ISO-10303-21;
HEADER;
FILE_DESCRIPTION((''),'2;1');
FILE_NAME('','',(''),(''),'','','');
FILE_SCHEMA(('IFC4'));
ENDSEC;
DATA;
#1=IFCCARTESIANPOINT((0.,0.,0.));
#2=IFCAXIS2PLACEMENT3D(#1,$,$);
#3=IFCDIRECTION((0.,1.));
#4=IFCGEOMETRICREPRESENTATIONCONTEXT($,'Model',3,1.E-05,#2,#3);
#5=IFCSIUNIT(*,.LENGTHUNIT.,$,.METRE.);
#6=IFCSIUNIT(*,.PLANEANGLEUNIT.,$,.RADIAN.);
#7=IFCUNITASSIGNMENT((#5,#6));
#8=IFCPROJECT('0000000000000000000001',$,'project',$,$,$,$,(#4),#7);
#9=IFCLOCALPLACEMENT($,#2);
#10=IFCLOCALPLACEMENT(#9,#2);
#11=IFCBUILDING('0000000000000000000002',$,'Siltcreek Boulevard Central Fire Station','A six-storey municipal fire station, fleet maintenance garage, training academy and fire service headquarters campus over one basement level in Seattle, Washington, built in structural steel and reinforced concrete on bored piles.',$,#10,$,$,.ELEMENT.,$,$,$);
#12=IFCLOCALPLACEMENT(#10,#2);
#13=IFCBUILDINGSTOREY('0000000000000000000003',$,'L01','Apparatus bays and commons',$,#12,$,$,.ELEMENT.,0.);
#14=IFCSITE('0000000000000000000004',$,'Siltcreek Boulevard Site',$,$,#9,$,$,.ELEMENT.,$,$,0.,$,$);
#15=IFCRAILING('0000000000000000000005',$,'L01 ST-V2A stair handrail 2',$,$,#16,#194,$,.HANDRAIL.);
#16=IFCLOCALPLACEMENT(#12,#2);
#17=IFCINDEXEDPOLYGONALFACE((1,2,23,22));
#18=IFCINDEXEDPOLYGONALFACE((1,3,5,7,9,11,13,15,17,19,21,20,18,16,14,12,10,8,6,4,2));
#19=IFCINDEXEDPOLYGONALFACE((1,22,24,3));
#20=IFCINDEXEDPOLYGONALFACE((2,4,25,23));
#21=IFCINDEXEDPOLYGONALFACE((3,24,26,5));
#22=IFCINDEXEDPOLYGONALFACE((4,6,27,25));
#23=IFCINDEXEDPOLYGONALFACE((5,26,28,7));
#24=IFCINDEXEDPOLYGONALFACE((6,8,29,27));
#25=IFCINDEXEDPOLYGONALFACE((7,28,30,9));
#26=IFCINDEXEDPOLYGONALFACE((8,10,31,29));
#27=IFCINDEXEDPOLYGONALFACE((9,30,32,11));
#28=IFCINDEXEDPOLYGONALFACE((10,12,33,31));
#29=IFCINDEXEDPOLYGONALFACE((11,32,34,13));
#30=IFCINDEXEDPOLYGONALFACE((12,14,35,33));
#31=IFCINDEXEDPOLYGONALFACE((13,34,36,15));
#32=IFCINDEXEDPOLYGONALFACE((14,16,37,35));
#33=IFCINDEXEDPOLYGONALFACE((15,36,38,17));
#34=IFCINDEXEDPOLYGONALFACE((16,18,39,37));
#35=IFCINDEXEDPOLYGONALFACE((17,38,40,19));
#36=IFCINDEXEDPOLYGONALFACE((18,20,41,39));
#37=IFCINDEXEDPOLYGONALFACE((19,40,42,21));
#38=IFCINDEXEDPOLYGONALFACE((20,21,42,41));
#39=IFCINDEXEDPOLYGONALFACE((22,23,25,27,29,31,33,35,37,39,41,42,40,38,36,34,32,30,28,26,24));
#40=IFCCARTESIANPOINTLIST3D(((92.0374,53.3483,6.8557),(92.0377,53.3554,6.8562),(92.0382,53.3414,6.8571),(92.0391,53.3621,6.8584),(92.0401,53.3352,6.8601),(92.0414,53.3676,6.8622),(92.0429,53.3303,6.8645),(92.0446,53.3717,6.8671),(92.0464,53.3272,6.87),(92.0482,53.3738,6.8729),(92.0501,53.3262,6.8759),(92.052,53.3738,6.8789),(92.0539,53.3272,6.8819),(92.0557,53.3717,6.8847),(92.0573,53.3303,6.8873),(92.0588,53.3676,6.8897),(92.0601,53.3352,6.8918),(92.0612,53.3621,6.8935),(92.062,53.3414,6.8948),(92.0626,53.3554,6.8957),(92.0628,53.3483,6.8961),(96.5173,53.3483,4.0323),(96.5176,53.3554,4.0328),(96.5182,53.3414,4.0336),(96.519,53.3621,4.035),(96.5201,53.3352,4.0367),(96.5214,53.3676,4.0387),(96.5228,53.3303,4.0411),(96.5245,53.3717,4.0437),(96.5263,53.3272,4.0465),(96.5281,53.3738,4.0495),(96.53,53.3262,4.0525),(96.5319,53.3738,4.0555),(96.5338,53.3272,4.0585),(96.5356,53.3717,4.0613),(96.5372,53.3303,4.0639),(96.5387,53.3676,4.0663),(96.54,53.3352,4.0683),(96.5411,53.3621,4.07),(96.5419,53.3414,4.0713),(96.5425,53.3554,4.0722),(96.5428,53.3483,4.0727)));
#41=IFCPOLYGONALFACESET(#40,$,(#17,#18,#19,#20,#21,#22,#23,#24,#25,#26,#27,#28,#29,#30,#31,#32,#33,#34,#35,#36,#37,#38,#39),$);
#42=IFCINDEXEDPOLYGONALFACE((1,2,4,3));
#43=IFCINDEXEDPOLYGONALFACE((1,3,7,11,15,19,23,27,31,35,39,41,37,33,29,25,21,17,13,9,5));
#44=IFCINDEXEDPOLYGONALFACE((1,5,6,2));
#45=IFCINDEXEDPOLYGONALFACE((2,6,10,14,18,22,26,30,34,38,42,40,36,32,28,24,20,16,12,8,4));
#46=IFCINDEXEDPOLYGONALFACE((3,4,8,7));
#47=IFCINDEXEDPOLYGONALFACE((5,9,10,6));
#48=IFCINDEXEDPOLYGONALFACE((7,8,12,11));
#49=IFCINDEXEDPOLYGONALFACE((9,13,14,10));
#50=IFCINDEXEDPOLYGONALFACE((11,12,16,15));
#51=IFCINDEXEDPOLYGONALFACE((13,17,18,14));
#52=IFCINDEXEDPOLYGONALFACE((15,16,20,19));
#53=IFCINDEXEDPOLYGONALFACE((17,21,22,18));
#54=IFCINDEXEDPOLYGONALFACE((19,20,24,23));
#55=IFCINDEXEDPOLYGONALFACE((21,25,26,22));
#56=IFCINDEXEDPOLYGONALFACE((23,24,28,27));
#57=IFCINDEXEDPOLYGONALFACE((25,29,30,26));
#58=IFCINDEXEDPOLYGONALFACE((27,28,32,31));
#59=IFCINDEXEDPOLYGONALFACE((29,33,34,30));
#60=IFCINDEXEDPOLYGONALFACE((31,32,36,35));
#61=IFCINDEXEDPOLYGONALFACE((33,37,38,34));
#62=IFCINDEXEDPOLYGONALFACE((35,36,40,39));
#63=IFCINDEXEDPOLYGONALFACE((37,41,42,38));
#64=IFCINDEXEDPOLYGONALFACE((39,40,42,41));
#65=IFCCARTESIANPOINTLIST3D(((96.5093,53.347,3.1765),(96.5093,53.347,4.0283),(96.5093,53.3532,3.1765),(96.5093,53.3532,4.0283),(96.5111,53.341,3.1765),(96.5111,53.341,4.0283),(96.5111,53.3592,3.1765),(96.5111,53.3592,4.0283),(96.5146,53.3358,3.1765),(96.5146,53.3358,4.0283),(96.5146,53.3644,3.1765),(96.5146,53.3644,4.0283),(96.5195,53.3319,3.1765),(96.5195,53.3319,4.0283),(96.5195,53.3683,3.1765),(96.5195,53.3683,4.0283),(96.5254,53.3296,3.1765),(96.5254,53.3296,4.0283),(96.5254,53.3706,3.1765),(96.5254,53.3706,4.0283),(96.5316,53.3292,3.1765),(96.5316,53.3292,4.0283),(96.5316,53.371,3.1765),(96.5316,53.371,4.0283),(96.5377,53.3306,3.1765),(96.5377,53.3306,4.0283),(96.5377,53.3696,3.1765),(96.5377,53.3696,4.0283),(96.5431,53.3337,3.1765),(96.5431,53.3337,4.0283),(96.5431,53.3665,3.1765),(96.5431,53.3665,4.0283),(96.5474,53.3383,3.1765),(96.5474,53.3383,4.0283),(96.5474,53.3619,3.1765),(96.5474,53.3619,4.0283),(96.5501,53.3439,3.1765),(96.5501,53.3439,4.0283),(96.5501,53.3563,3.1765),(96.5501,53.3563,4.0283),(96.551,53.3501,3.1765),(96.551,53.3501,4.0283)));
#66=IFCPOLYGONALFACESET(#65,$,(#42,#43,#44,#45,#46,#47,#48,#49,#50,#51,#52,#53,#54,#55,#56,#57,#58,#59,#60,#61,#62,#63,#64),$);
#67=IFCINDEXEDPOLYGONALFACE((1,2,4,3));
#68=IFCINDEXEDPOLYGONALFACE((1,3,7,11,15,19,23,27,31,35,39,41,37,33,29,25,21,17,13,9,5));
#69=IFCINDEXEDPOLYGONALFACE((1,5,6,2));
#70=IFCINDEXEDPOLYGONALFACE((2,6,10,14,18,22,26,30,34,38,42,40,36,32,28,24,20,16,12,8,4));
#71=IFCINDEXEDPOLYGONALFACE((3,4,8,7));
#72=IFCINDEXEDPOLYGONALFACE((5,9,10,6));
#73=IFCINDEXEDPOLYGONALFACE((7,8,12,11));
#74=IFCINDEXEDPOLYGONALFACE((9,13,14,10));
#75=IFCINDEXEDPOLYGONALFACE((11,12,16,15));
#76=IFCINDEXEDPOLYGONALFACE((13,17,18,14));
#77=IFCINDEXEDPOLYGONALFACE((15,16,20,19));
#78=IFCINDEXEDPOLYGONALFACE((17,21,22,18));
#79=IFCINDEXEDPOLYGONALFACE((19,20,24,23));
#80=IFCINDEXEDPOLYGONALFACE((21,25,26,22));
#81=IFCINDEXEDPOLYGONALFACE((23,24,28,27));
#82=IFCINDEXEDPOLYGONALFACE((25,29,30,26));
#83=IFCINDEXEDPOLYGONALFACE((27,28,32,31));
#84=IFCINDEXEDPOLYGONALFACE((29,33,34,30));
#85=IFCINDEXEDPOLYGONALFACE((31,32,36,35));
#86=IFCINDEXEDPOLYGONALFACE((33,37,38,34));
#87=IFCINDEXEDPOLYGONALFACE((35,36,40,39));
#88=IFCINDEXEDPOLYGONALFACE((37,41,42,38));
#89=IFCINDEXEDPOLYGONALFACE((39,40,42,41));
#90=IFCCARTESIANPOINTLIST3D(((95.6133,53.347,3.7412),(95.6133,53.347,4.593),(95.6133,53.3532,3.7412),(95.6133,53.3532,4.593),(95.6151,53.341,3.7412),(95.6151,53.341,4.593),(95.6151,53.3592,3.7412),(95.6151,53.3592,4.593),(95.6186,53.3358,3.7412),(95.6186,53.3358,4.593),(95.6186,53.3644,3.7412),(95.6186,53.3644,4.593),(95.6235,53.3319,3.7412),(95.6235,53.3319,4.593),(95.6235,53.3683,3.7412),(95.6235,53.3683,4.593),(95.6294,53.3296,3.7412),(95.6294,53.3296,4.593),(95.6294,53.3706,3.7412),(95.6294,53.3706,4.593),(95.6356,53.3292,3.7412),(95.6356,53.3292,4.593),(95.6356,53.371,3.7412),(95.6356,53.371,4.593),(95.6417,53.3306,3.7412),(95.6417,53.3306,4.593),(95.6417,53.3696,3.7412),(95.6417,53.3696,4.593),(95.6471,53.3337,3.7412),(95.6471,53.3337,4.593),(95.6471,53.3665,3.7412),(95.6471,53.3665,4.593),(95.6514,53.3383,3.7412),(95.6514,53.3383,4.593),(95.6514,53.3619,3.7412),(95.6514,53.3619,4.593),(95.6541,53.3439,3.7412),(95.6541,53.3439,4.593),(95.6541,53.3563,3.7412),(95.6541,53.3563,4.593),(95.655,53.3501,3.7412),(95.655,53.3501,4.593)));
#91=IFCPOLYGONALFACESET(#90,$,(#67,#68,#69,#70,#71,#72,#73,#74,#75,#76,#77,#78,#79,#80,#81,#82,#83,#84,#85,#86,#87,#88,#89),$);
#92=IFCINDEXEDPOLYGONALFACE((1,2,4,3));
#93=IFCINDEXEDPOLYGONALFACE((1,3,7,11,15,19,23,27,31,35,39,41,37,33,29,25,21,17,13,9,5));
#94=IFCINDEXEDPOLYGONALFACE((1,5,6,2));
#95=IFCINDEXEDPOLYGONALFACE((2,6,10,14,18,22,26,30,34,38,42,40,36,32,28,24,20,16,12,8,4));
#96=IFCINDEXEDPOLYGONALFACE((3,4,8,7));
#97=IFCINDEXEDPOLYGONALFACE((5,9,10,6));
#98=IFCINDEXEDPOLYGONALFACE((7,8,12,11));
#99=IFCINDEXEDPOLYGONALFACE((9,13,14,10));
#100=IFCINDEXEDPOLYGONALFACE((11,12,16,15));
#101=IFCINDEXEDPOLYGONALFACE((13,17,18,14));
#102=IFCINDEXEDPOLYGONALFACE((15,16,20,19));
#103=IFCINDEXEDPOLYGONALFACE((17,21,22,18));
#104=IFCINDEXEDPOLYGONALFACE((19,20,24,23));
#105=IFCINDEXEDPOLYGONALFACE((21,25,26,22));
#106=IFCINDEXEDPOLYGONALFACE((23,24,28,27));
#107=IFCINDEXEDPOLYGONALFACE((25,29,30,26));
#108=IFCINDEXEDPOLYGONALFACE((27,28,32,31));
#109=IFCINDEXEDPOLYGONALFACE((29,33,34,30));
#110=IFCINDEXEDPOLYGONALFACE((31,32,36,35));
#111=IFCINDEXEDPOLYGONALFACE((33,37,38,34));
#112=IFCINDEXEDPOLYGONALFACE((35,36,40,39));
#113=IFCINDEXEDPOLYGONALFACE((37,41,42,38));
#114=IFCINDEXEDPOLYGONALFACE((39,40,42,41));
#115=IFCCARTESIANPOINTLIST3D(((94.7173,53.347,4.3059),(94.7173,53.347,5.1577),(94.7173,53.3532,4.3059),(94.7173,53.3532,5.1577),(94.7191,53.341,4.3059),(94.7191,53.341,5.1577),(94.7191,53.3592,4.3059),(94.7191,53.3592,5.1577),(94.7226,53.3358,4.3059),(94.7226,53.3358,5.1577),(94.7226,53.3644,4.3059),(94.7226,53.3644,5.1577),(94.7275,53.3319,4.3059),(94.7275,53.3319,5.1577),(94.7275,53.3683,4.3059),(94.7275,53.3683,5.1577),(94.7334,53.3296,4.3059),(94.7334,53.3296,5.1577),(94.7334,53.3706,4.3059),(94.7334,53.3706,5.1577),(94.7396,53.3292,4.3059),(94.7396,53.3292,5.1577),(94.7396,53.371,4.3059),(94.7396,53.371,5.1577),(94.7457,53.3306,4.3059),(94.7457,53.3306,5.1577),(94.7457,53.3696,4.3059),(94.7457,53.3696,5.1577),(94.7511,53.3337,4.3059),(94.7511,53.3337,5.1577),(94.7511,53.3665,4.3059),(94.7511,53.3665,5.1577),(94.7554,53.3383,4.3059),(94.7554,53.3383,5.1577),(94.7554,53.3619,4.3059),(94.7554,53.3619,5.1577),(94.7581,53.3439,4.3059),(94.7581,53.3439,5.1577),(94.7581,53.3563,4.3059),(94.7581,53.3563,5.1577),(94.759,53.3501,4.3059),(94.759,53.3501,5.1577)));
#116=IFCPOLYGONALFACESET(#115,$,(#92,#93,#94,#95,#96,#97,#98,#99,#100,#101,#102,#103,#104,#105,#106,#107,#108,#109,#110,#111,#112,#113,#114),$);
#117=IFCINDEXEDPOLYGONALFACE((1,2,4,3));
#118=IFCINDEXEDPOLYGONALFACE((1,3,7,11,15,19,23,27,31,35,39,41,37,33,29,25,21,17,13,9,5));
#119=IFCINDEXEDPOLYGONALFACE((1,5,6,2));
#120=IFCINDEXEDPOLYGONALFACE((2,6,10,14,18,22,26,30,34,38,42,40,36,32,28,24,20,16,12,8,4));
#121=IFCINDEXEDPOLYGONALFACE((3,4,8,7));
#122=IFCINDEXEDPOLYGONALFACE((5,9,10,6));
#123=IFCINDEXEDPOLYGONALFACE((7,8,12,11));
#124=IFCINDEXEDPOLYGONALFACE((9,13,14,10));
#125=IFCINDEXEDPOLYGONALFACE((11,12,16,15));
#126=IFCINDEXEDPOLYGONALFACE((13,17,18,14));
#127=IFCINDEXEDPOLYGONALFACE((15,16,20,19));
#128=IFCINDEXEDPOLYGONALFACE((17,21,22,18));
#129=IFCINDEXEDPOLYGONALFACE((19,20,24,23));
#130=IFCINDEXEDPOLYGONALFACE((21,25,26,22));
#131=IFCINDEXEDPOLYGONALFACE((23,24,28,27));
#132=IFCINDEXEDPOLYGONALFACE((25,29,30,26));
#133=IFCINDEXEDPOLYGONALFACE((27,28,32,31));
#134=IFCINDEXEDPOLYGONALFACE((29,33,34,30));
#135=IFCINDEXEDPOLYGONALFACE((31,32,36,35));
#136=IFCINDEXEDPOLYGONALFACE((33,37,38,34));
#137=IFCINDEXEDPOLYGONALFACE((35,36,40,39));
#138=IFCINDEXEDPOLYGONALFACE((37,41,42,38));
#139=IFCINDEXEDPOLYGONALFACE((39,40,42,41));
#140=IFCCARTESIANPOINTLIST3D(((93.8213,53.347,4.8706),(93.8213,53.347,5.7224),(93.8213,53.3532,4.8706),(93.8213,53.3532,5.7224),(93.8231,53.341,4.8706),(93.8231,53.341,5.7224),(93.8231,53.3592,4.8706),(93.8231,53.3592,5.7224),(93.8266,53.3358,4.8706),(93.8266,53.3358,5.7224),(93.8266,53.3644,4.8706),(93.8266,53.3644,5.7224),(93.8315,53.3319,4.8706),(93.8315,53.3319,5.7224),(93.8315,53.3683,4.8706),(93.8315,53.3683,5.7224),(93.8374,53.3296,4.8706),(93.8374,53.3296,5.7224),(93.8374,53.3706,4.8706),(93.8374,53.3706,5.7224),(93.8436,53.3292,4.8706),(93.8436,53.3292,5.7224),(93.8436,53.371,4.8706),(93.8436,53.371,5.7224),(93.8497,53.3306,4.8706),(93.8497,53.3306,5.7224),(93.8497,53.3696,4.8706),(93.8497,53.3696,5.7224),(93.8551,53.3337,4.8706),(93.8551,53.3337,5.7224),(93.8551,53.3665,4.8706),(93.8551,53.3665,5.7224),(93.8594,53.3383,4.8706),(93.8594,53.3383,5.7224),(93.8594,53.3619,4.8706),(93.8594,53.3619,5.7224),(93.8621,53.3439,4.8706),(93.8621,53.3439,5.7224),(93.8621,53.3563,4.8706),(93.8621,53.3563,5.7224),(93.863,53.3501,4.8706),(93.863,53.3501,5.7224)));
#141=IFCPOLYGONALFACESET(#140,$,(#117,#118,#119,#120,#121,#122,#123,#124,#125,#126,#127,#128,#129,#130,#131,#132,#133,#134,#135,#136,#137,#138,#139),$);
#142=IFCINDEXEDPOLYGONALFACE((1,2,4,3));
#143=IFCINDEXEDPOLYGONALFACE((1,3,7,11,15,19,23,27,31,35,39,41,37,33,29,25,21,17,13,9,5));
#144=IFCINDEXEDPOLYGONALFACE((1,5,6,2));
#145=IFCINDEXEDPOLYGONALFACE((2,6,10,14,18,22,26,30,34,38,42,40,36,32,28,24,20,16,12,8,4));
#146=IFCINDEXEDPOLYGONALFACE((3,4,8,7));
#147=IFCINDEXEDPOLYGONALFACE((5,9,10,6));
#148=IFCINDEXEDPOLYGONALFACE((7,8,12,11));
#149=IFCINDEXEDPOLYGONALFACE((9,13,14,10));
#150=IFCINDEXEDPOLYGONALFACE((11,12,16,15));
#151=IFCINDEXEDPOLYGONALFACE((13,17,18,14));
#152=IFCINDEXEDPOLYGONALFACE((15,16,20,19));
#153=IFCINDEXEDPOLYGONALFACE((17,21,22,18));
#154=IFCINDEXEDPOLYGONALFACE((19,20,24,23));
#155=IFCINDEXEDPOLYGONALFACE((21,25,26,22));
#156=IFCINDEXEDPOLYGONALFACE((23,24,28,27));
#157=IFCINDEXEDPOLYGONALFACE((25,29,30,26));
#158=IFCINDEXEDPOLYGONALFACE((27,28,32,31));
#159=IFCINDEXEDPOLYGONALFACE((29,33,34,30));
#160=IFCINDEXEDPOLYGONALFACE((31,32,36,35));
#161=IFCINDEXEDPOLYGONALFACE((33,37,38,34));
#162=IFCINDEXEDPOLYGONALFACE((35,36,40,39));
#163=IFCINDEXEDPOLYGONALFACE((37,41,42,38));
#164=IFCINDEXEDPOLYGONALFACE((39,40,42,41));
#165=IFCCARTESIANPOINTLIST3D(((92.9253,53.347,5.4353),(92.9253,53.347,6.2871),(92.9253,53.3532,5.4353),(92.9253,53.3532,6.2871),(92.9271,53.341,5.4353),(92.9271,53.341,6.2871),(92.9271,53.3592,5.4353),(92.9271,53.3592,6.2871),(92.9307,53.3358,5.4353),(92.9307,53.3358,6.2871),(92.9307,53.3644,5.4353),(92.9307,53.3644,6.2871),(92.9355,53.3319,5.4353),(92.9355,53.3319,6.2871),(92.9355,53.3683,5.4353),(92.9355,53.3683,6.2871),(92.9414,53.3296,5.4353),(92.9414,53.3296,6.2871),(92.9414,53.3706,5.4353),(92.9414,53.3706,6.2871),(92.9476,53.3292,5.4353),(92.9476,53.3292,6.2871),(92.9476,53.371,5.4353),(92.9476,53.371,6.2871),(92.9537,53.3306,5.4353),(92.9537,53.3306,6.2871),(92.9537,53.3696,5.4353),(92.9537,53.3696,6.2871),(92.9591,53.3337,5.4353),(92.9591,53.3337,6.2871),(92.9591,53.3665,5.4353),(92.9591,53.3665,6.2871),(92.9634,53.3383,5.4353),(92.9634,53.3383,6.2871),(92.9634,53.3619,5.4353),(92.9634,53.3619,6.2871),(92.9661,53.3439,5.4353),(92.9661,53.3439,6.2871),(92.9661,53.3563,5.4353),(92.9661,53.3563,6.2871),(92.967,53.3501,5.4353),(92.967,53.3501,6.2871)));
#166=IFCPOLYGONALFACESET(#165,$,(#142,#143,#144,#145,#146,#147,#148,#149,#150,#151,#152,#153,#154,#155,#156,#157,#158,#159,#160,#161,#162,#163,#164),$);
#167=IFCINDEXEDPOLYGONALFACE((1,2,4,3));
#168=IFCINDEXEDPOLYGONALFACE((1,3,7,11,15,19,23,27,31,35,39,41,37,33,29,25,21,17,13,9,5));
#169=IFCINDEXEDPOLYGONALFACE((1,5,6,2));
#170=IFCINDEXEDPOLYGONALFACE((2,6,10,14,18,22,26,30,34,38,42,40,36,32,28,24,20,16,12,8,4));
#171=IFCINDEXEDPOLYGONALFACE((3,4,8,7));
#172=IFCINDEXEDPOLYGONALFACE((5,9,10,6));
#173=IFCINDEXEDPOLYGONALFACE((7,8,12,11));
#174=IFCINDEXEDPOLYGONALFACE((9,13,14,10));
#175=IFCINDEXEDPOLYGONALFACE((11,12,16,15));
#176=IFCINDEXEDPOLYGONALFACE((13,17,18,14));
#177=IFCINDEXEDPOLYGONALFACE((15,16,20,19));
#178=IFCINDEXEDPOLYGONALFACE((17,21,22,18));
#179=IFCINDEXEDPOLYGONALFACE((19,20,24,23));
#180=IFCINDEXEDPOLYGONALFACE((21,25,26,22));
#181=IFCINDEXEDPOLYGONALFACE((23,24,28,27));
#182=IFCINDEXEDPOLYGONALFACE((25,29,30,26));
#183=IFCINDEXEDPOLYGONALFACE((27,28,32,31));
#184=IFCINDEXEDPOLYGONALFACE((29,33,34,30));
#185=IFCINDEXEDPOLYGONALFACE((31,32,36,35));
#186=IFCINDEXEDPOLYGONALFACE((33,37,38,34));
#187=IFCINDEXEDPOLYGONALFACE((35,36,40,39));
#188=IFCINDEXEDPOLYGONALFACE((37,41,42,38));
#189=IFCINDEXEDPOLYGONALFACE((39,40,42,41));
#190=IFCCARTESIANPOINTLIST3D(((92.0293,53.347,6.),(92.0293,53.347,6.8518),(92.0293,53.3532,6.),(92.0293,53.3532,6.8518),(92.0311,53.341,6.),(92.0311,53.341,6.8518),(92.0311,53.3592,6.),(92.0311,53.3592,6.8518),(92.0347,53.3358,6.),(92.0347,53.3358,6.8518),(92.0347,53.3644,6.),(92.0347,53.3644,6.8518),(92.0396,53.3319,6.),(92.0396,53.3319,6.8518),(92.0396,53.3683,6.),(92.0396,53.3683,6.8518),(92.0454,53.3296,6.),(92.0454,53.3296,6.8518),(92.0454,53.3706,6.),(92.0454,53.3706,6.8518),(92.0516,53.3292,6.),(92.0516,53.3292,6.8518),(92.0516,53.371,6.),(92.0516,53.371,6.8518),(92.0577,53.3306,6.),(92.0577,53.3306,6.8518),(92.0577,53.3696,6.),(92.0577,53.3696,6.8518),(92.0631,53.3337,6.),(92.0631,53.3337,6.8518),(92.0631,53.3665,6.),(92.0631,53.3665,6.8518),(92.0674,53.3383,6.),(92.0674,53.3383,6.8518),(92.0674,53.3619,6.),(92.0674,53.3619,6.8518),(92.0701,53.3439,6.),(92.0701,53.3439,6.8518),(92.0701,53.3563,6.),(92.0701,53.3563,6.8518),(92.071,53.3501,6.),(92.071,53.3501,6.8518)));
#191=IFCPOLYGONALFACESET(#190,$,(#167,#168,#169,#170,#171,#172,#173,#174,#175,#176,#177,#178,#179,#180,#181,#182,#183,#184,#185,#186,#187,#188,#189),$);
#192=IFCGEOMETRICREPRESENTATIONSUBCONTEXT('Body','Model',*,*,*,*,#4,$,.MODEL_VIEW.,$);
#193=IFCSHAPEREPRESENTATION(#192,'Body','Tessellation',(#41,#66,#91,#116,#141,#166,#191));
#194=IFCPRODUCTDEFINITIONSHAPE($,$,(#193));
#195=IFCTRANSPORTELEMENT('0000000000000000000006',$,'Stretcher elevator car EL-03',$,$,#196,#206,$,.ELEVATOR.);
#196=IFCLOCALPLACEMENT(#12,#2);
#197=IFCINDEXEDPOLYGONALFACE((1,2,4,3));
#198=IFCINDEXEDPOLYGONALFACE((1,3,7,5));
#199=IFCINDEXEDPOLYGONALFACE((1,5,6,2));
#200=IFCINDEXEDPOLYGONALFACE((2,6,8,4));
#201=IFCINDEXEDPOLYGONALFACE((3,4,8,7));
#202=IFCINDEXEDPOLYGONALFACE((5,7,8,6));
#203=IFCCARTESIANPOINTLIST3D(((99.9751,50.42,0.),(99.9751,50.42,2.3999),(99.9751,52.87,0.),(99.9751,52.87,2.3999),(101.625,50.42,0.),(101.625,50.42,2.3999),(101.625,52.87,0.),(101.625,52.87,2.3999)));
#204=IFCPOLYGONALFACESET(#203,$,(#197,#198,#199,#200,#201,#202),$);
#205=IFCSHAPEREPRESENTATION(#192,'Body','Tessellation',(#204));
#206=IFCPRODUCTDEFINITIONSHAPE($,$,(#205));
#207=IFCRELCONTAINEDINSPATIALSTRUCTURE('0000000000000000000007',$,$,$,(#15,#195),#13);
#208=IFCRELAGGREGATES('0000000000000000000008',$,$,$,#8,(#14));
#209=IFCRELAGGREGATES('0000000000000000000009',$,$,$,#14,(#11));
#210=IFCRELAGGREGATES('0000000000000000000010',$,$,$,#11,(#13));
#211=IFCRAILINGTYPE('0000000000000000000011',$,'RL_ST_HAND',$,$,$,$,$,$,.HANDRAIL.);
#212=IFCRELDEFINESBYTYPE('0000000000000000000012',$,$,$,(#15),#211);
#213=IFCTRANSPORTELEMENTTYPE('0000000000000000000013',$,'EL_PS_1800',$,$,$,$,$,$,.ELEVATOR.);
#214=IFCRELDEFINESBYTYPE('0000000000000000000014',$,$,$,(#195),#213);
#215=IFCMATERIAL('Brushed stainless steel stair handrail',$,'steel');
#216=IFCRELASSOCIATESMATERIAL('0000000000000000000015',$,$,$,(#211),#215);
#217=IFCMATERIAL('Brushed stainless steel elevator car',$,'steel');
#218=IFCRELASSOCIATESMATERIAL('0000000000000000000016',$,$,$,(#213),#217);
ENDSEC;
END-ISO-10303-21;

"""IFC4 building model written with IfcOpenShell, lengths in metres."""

from ifc_helpers import new_model, si_unit, direction, frame, origin, origin_2d, place, context, subcontext, project, spatial, rectangle, circle, extrude, material, type_object, element, save


model = new_model("IFC4")

# Units and contexts
model_context = context("Model", 3, precision=1e-05, world=origin(), true_north=direction((0.0, 1.0)))
body_context = subcontext(model_context, "Body", "Model", "MODEL_VIEW")
ifc_project = project(units=[si_unit("LENGTHUNIT", "METRE"), si_unit("PLANEANGLEUNIT", "RADIAN")], contexts=[model_context])

# Site, building, storey
site_placement = place(None, origin())
site = spatial("IfcSite", under=ifc_project, at=site_placement, Name="Siltcreek Boulevard Site", CompositionType="ELEMENT", RefElevation=0.0)
building_placement = place(site_placement, origin())
building = spatial("IfcBuilding", under=site, at=building_placement, Name="Siltcreek Boulevard Central Fire Station", Description="A six-storey municipal fire station, fleet maintenance garage, training academy and fire service headquarters campus over one basement level in Seattle, Washington, built in structural steel and reinforced concrete on bored piles.", CompositionType="ELEMENT")
storey_placement = place(building_placement, origin())
storey = spatial("IfcBuildingStorey", under=building, at=storey_placement, Name="L01", Description="Apparatus bays and commons", CompositionType="ELEMENT", Elevation=0.0)

# Railing
ifc_material_1 = material(Name="Brushed stainless steel stair handrail", Category="steel")
railing_type_1 = type_object("IfcRailingType", Name="RL_ST_HAND", PredefinedType="HANDRAIL", material=ifc_material_1)
railing_1_placement = place(storey_placement, frame((96.53, 53.3501, 3.1765)))
element("IfcRailing", 1, at=railing_1_placement, inside=storey, type_object=railing_type_1, Name="L01 ST-V2A stair handrail 2", PredefinedType="HANDRAIL", context=body_context, shape_type="SweptSolid", body=[
    extrude(circle(Radius=0.0239, at=origin_2d()), frame((0.0, 0.0, 0.876), z_axis=(-0.845998, 0.0, 0.533186), x_axis=(0.0, -1.0, 0.0)), (0.0, 0.0, 1.0), 5.2954),
    extrude(circle(Radius=0.021, at=origin_2d()), origin(), (0.0, 0.0, 1.0), 0.8518),
    extrude(circle(Radius=0.021, at=origin_2d()), frame((-0.896, 0.0, 0.5647)), (0.0, 0.0, 1.0), 0.8518),
    extrude(circle(Radius=0.021, at=origin_2d()), frame((-1.792, 0.0, 1.1294)), (0.0, 0.0, 1.0), 0.8518),
    extrude(circle(Radius=0.021, at=origin_2d()), frame((-2.688, 0.0, 1.6941)), (0.0, 0.0, 1.0), 0.8518),
    extrude(circle(Radius=0.021, at=origin_2d()), frame((-3.584, 0.0, 2.2588)), (0.0, 0.0, 1.0), 0.8518),
    extrude(circle(Radius=0.021, at=origin_2d()), frame((-4.48, 0.0, 2.8235)), (0.0, 0.0, 1.0), 0.8518),
])

# Transport element
ifc_material_2 = material(Name="Brushed stainless steel elevator car", Category="steel")
transport_element_type = type_object("IfcTransportElementType", Name="EL_PS_1800", PredefinedType="ELEVATOR", material=ifc_material_2)
transport_element_placement = place(storey_placement, frame((100.8, 51.645, 0.0), z_axis=(0.0, 0.0, 1.0), x_axis=(1.0, 0.0, 0.0)))
element("IfcTransportElement", 2, at=transport_element_placement, inside=storey, type_object=transport_element_type, Name="Stretcher elevator car EL-03", PredefinedType="ELEVATOR", context=body_context, shape_type="SweptSolid", body=[
    extrude(rectangle(XDim=1.6499, YDim=2.45, at=origin_2d()), origin(), (0.0, 0.0, 1.0), 2.3999),
])

save(model, "model.ifc")
